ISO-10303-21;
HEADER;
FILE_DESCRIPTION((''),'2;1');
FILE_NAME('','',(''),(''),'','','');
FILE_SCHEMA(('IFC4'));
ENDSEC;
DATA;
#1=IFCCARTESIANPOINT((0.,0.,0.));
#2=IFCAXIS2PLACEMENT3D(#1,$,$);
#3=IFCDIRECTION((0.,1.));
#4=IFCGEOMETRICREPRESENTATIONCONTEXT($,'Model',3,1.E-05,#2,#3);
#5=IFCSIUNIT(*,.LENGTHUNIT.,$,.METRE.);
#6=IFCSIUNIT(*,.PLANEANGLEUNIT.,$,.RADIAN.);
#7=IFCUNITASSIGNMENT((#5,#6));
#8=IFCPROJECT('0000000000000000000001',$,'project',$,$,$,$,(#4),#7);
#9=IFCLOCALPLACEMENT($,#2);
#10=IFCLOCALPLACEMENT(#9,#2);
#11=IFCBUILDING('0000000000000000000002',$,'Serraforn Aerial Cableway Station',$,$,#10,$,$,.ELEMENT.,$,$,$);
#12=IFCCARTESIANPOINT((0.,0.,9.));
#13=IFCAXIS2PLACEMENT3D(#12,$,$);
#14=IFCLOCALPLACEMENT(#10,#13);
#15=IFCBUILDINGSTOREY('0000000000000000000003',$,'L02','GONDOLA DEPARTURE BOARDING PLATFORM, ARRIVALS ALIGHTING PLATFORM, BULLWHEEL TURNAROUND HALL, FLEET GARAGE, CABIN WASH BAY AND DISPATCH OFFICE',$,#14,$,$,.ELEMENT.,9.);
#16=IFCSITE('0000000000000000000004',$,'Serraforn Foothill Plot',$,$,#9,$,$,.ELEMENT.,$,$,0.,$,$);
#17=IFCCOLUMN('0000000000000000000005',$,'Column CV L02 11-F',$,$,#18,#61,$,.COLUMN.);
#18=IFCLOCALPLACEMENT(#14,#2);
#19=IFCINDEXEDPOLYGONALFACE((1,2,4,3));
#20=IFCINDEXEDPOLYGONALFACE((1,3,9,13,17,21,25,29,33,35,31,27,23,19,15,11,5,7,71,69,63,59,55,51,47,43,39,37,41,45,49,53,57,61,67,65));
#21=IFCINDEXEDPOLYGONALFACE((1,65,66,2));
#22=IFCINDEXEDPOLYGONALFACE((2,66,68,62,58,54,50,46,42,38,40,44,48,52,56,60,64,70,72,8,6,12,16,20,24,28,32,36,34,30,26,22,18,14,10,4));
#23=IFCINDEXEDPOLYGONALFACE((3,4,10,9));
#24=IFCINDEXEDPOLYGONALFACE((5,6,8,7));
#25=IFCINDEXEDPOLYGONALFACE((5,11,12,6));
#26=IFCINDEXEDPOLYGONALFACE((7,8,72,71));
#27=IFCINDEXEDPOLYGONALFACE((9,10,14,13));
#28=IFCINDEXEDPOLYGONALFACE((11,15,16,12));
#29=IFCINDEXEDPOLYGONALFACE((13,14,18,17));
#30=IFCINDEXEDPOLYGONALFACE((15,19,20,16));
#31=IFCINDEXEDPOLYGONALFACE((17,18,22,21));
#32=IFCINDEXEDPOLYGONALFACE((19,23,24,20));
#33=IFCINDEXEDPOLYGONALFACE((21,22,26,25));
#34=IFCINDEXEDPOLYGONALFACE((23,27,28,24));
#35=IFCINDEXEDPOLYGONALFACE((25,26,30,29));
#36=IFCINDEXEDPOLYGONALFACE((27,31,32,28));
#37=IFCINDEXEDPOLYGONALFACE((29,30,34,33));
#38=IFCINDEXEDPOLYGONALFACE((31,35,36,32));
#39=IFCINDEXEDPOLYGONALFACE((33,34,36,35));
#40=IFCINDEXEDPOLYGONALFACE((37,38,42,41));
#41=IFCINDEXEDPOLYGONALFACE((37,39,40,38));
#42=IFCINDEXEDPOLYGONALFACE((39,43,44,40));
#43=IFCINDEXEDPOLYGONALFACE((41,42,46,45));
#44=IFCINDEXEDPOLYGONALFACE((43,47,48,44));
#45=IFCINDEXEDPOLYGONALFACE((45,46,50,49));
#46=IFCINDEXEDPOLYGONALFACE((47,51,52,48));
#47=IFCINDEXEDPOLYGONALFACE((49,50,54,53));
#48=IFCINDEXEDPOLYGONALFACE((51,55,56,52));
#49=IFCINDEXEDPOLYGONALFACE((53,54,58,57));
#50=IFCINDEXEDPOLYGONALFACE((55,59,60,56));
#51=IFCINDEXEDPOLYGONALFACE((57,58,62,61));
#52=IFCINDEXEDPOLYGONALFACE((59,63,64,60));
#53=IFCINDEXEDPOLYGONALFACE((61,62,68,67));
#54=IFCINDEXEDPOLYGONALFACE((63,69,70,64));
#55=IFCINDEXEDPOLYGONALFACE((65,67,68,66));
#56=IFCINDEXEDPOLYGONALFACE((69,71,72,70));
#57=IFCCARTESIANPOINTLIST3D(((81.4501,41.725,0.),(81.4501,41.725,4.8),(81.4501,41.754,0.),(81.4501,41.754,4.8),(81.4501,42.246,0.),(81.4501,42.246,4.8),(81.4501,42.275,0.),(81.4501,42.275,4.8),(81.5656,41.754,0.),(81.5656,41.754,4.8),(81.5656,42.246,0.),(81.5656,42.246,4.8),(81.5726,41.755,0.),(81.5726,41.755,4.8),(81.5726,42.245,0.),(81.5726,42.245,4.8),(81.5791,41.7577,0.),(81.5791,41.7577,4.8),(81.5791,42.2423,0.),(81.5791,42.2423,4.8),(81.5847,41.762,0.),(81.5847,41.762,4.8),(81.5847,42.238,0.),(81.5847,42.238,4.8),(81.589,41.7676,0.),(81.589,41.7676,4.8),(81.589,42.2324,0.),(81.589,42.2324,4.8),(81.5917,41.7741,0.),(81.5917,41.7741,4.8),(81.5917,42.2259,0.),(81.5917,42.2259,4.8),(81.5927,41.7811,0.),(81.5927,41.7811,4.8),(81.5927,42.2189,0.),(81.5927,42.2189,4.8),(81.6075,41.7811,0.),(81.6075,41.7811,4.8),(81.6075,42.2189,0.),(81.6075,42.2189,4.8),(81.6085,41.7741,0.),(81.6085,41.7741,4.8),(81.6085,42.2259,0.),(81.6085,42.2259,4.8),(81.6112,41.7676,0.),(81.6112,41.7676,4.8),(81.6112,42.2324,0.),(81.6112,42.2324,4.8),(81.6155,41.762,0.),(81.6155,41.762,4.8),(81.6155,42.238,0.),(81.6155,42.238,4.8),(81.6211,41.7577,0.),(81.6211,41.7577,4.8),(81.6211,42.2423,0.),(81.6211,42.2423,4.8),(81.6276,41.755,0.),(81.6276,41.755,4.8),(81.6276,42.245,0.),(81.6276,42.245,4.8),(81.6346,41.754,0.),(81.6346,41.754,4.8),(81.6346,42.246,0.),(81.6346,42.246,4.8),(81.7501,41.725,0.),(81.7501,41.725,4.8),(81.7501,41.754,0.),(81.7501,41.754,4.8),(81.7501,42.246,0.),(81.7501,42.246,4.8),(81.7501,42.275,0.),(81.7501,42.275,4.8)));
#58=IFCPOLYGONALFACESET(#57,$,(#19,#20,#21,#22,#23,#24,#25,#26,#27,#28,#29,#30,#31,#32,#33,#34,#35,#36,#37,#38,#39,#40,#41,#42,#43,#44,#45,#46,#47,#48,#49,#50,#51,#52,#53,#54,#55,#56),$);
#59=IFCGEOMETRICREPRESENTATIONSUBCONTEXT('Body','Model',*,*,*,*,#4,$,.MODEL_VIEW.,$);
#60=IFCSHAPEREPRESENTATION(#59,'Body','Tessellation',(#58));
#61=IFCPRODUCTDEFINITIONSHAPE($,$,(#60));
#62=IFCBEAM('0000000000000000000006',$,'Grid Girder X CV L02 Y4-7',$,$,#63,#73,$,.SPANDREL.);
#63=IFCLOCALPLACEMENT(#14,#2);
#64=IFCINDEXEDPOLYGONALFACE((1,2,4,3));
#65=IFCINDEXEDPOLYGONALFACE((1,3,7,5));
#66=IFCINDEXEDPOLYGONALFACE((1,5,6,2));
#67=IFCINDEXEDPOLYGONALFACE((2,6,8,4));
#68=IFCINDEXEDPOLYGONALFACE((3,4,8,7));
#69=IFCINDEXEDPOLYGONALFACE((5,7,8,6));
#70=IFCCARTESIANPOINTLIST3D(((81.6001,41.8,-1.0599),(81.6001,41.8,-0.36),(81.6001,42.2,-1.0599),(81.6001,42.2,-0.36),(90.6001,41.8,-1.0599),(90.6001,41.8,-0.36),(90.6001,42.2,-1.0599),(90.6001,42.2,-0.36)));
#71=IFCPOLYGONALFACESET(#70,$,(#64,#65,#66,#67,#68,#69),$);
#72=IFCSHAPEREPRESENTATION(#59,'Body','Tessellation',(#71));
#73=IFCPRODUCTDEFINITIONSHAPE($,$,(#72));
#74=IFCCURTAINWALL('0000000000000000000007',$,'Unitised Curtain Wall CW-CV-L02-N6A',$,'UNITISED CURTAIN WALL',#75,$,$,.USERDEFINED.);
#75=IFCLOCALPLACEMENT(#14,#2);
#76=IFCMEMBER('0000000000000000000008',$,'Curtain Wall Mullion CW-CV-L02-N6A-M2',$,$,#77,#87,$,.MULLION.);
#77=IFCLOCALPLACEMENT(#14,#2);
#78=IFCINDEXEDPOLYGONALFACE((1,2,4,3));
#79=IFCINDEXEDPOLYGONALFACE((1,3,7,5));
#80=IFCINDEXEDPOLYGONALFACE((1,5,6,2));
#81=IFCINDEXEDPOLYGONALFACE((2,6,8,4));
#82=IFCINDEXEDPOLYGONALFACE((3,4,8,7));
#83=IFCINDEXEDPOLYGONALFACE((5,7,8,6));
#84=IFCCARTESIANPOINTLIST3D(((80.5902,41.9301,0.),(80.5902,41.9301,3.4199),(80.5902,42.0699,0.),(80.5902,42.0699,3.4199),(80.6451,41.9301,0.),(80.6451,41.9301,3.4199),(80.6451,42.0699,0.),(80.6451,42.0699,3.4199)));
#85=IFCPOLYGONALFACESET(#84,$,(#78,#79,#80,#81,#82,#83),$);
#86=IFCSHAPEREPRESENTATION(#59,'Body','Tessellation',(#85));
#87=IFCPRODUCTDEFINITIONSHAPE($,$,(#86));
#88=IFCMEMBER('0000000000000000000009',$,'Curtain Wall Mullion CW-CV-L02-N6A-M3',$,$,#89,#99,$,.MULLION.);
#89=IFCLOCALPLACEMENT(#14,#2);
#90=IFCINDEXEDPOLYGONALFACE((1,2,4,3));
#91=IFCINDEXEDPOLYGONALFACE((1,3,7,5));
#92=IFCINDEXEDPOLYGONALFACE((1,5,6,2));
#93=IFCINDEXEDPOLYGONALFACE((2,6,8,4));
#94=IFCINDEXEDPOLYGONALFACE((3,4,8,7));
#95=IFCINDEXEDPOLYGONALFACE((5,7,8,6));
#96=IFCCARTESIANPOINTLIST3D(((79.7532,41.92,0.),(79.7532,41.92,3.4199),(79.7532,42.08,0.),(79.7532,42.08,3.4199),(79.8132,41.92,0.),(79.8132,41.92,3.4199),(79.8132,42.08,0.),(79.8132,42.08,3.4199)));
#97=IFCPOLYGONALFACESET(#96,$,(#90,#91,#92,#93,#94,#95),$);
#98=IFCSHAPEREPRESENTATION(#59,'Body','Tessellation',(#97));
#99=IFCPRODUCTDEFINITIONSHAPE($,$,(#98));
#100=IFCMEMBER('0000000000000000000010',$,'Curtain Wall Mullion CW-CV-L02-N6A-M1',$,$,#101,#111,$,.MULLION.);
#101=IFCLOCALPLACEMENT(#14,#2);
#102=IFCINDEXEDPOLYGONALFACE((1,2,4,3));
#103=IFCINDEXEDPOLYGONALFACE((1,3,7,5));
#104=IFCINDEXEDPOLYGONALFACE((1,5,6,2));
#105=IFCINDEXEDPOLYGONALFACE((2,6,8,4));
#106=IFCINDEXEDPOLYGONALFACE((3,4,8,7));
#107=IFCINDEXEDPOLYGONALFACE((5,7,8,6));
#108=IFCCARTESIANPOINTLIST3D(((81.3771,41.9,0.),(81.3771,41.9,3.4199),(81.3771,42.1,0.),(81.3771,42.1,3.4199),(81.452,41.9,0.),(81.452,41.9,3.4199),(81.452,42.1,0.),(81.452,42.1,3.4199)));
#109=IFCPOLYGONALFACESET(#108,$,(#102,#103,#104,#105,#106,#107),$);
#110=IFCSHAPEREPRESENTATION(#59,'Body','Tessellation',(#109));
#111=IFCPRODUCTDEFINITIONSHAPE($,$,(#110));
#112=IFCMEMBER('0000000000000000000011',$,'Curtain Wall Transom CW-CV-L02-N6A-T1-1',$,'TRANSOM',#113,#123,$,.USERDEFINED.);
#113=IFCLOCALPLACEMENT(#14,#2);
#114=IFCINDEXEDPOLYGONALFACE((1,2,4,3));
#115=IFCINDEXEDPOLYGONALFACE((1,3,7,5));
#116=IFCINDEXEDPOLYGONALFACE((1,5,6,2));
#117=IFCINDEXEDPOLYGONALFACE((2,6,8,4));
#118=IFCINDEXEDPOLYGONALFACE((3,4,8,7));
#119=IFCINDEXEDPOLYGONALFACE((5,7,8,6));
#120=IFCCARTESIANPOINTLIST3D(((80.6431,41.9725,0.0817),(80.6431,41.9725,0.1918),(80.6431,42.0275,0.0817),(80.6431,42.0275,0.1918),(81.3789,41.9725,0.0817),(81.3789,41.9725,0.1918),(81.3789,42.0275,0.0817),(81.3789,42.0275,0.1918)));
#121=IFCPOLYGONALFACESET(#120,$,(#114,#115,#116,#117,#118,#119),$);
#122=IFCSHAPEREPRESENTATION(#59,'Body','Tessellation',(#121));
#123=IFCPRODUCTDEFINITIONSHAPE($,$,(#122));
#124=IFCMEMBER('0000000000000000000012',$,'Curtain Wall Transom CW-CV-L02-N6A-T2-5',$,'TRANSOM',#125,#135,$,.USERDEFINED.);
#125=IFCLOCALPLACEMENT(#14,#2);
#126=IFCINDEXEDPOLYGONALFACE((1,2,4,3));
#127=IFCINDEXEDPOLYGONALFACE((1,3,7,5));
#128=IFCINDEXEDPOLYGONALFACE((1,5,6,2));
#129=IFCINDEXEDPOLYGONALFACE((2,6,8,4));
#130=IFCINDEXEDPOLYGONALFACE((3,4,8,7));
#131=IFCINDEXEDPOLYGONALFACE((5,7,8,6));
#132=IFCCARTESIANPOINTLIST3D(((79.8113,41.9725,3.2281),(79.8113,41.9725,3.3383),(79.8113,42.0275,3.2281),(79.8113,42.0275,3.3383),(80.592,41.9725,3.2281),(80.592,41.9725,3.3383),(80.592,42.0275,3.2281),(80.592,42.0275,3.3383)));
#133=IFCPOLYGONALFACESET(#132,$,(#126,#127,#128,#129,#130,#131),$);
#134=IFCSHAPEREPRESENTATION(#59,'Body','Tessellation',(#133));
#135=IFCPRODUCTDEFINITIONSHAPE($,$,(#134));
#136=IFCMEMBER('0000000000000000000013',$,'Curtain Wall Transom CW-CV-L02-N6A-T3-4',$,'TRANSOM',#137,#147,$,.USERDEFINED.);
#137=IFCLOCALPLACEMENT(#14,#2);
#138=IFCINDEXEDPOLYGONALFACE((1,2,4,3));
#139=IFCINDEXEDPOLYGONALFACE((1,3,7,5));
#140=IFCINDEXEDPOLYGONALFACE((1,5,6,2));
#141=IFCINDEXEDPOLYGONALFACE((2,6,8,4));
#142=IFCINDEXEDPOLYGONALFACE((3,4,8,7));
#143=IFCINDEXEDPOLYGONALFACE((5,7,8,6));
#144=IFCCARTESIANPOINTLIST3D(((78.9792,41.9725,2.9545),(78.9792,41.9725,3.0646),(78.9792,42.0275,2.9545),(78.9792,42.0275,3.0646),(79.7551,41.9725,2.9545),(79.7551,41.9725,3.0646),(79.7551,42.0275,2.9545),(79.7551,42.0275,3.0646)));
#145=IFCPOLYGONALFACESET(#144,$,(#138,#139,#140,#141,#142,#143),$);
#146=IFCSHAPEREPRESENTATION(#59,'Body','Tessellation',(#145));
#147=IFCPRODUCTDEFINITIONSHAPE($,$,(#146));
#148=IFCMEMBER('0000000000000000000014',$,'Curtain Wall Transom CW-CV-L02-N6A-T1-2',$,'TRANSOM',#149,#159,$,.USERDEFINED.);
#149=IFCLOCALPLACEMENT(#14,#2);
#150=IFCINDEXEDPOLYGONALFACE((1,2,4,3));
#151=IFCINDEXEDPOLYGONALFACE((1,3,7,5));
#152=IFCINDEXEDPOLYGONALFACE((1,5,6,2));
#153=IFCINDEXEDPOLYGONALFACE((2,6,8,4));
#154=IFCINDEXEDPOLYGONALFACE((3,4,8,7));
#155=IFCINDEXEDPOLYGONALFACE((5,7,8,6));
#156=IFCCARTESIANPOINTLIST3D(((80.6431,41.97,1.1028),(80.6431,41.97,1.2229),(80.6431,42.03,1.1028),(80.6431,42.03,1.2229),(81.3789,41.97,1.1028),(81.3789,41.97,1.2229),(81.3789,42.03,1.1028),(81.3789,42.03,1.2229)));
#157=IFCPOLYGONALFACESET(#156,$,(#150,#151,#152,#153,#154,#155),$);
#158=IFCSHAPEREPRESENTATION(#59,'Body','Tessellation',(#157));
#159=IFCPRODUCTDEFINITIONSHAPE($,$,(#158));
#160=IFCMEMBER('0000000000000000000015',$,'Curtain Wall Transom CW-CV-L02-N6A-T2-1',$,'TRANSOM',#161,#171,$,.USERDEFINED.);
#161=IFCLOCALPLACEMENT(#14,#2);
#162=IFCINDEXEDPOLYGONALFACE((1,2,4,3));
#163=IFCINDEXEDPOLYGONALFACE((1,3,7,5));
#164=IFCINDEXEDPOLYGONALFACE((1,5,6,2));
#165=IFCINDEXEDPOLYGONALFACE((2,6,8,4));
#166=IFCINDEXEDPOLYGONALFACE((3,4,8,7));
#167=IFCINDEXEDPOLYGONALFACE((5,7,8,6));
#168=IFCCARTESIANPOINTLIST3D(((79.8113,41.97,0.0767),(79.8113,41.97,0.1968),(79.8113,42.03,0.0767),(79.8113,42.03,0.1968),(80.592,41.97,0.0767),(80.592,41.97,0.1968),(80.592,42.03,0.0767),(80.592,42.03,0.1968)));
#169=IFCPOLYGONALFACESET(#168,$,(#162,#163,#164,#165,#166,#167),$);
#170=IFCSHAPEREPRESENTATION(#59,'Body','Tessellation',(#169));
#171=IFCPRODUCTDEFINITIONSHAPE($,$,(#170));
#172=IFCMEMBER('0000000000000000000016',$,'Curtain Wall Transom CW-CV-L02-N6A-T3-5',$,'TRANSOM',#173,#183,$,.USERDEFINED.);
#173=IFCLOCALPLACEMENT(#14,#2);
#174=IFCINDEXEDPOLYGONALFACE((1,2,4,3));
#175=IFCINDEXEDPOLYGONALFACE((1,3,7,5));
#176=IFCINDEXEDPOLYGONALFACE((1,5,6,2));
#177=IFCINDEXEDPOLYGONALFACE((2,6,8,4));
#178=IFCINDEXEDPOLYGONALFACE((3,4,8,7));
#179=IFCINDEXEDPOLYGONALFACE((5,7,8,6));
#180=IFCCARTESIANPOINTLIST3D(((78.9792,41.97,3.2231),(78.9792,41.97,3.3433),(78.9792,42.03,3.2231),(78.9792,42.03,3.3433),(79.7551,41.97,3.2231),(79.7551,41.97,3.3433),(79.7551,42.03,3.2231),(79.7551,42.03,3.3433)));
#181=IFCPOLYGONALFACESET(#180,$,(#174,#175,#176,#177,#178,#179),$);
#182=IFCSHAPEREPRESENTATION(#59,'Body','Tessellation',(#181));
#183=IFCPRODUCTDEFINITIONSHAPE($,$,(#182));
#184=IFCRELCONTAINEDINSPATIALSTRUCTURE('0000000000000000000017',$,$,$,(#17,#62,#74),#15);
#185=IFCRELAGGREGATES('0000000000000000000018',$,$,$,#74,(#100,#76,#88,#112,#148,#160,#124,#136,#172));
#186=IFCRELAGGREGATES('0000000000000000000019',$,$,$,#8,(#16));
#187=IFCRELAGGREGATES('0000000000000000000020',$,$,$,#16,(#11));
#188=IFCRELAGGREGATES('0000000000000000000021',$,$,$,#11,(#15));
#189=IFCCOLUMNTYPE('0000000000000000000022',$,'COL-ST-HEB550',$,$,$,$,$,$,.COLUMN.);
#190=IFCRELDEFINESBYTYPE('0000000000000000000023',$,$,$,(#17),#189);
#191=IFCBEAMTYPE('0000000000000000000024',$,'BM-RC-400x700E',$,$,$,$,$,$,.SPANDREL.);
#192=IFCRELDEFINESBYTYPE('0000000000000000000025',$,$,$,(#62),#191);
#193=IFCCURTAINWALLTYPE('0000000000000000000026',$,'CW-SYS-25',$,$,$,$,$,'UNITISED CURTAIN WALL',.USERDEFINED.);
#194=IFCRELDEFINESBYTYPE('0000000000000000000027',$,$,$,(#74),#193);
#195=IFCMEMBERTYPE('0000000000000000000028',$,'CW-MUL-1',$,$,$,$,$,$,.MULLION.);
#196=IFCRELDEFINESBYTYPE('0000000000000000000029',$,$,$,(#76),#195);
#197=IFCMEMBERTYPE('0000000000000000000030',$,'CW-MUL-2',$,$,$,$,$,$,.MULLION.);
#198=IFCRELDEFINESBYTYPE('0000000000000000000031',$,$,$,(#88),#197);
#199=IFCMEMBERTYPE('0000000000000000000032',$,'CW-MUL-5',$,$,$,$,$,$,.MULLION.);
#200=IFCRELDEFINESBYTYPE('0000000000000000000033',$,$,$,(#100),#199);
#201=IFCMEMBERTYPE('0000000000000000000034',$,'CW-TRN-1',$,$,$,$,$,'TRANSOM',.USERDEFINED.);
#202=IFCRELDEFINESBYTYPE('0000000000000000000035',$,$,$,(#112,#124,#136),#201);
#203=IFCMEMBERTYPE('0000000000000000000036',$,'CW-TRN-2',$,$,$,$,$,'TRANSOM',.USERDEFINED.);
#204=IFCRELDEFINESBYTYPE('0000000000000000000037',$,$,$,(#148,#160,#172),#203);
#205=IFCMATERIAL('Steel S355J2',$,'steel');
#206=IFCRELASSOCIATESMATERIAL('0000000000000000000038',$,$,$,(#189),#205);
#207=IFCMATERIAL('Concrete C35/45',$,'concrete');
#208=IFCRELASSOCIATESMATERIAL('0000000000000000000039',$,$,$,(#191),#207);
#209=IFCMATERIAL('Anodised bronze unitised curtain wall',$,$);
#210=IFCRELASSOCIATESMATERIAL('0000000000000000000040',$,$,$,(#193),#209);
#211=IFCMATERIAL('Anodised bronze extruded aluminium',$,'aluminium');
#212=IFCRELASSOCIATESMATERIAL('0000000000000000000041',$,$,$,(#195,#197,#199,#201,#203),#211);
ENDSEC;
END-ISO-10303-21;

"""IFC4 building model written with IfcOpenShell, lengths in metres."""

from ifc_helpers import new_model, si_unit, direction, frame, origin, origin_2d, place, context, subcontext, project, spatial, rectangle, i_section, extrude, material, material_profile, profile_set, type_object, element, aggregate, save


model = new_model("IFC4")

# Units and contexts
model_context = context("Model", 3, precision=1e-05, world=origin(), true_north=direction((0.0, 1.0)))
body_context = subcontext(model_context, "Body", "Model", "MODEL_VIEW")
ifc_project = project(units=[si_unit("LENGTHUNIT", "METRE"), si_unit("PLANEANGLEUNIT", "RADIAN")], contexts=[model_context])

# Site, building, storey
site_placement = place(None, origin())
site = spatial("IfcSite", under=ifc_project, at=site_placement, Name="Serraforn Foothill Plot", CompositionType="ELEMENT", RefElevation=0.0)
building_placement = place(site_placement, origin())
building = spatial("IfcBuilding", under=site, at=building_placement, Name="Serraforn Aerial Cableway Station", CompositionType="ELEMENT")
storey_placement = place(building_placement, frame((0.0, 0.0, 9.0)))
storey = spatial("IfcBuildingStorey", under=building, at=storey_placement, Name="L02", Description="GONDOLA DEPARTURE BOARDING PLATFORM, ARRIVALS ALIGHTING PLATFORM, BULLWHEEL TURNAROUND HALL, FLEET GARAGE, CABIN WASH BAY AND DISPATCH OFFICE", CompositionType="ELEMENT", Elevation=9.0)

# Column
ifc_material_1 = material(Name="Steel S355J2", Category="steel")
ifc_material_profile_1 = material_profile(ifc_material_1, i_section(OverallWidth=0.3, OverallDepth=0.55, WebThickness=0.0149, FlangeThickness=0.0291, FilletRadius=0.0271, at=origin_2d()), Name="HEB 550")
ifc_profile_set_1 = profile_set([ifc_material_profile_1], Name="Steel S355J2")
column_type = type_object("IfcColumnType", Name="COL-ST-HEB550", PredefinedType="COLUMN", material=ifc_profile_set_1)
column_placement = place(storey_placement, frame((81.6001, 42.0, 0.0), z_axis=(0.0, 0.0, 1.0), x_axis=(1.0, 0.0, 0.0)))
element("IfcColumn", 1, at=column_placement, inside=storey, type_object=column_type, Name="Column CV L02 11-F", PredefinedType="COLUMN", context=body_context, shape_type="SweptSolid", body=[
    extrude(i_section(OverallWidth=0.3, OverallDepth=0.55, WebThickness=0.0149, FlangeThickness=0.0291, FilletRadius=0.0271, at=origin_2d()), origin(), (0.0, 0.0, 1.0), 4.8),
])

# Beam
ifc_material_2 = material(Name="Concrete C35/45", Category="concrete")
ifc_material_profile_2 = material_profile(ifc_material_2, rectangle(XDim=0.3999, YDim=0.7, at=origin_2d()), Name="RC 400x700")
ifc_profile_set_2 = profile_set([ifc_material_profile_2], Name="Concrete C35/45")
beam_type = type_object("IfcBeamType", Name="BM-RC-400x700E", PredefinedType="SPANDREL", material=ifc_profile_set_2)
beam_placement = place(storey_placement, frame((81.6001, 42.0, -0.71), z_axis=(1.0, 0.0, 0.0), x_axis=(0.0, 1.0, 0.0)))
element("IfcBeam", 2, at=beam_placement, inside=storey, type_object=beam_type, Name="Grid Girder X CV L02 Y4-7", PredefinedType="SPANDREL", context=body_context, shape_type="SweptSolid", body=[
    extrude(rectangle(XDim=0.3999, YDim=0.7, at=origin_2d()), origin(), (0.0, 0.0, 1.0), 9.0),
])

# Curtain wall, members
ifc_material_3 = material(Name="Anodised bronze unitised curtain wall")
curtain_wall_type = type_object("IfcCurtainWallType", Name="CW-SYS-25", ElementType="UNITISED CURTAIN WALL", PredefinedType="USERDEFINED", material=ifc_material_3)
curtain_wall_placement = place(storey_placement, origin())
curtain_wall = element("IfcCurtainWall", 3, at=curtain_wall_placement, inside=storey, type_object=curtain_wall_type, Name="Unitised Curtain Wall CW-CV-L02-N6A", ObjectType="UNITISED CURTAIN WALL", PredefinedType="USERDEFINED")
ifc_material_4 = material(Name="Anodised bronze extruded aluminium", Category="aluminium")
ifc_material_profile_3 = material_profile(ifc_material_4, rectangle(XDim=0.0549, YDim=0.1399, at=origin_2d()), Name="CW MULLION 55x140")
ifc_profile_set_3 = profile_set([ifc_material_profile_3], Name="Anodised bronze extruded aluminium")
member_type_1 = type_object("IfcMemberType", Name="CW-MUL-1", PredefinedType="MULLION", material=ifc_profile_set_3)
member_1_placement = place(storey_placement, frame((80.6177, 42.0, 0.0), z_axis=(0.0, 0.0, 1.0), x_axis=(-1.0, 0.0, 0.0)))
member_1 = element("IfcMember", 4, at=member_1_placement, type_object=member_type_1, Name="Curtain Wall Mullion CW-CV-L02-N6A-M2", PredefinedType="MULLION", context=body_context, shape_type="SweptSolid", body=[
    extrude(rectangle(XDim=0.0549, YDim=0.1399, at=origin_2d()), origin(), (0.0, 0.0, 1.0), 3.4199),
])
ifc_material_profile_4 = material_profile(ifc_material_4, rectangle(XDim=0.0601, YDim=0.1599, at=origin_2d()), Name="CW MULLION 60x160")
ifc_profile_set_4 = profile_set([ifc_material_profile_4], Name="Anodised bronze extruded aluminium")
member_type_2 = type_object("IfcMemberType", Name="CW-MUL-2", PredefinedType="MULLION", material=ifc_profile_set_4)
member_2_placement = place(storey_placement, frame((79.7832, 42.0, 0.0), z_axis=(0.0, 0.0, 1.0), x_axis=(-1.0, 0.0, 0.0)))
member_2 = element("IfcMember", 5, at=member_2_placement, type_object=member_type_2, Name="Curtain Wall Mullion CW-CV-L02-N6A-M3", PredefinedType="MULLION", context=body_context, shape_type="SweptSolid", body=[
    extrude(rectangle(XDim=0.0601, YDim=0.1599, at=origin_2d()), origin(), (0.0, 0.0, 1.0), 3.4199),
])
ifc_material_profile_5 = material_profile(ifc_material_4, rectangle(XDim=0.075, YDim=0.2, at=origin_2d()), Name="CW MULLION 75x200")
ifc_profile_set_5 = profile_set([ifc_material_profile_5], Name="Anodised bronze extruded aluminium")
member_type_3 = type_object("IfcMemberType", Name="CW-MUL-5", PredefinedType="MULLION", material=ifc_profile_set_5)
member_3_placement = place(storey_placement, frame((81.4146, 42.0, 0.0), z_axis=(0.0, 0.0, 1.0), x_axis=(-1.0, 0.0, 0.0)))
member_3 = element("IfcMember", 6, at=member_3_placement, type_object=member_type_3, Name="Curtain Wall Mullion CW-CV-L02-N6A-M1", PredefinedType="MULLION", context=body_context, shape_type="SweptSolid", body=[
    extrude(rectangle(XDim=0.075, YDim=0.2, at=origin_2d()), origin(), (0.0, 0.0, 1.0), 3.4199),
])
ifc_material_profile_6 = material_profile(ifc_material_4, rectangle(XDim=0.0549, YDim=0.1101, at=origin_2d()), Name="CW TRANSOM 55x110")
ifc_profile_set_6 = profile_set([ifc_material_profile_6], Name="Anodised bronze extruded aluminium")
member_type_4 = type_object("IfcMemberType", Name="CW-TRN-1", ElementType="TRANSOM", PredefinedType="USERDEFINED", material=ifc_profile_set_6)
member_4_placement = place(storey_placement, frame((81.3789, 42.0, 0.1367), z_axis=(-1.0, 0.0, 0.0), x_axis=(0.0, -1.0, 0.0)))
member_4 = element("IfcMember", 7, at=member_4_placement, type_object=member_type_4, Name="Curtain Wall Transom CW-CV-L02-N6A-T1-1", ObjectType="TRANSOM", PredefinedType="USERDEFINED", context=body_context, shape_type="SweptSolid", body=[
    extrude(rectangle(XDim=0.0549, YDim=0.1101, at=origin_2d()), origin(), (0.0, 0.0, 1.0), 0.7358),
])
member_5_placement = place(storey_placement, frame((80.592, 42.0, 3.2832), z_axis=(-1.0, 0.0, 0.0), x_axis=(0.0, -1.0, 0.0)))
member_5 = element("IfcMember", 8, at=member_5_placement, type_object=member_type_4, Name="Curtain Wall Transom CW-CV-L02-N6A-T2-5", ObjectType="TRANSOM", PredefinedType="USERDEFINED", context=body_context, shape_type="SweptSolid", body=[
    extrude(rectangle(XDim=0.0549, YDim=0.1101, at=origin_2d()), origin(), (0.0, 0.0, 1.0), 0.7808),
])
member_6_placement = place(storey_placement, frame((79.7551, 42.0, 3.0095), z_axis=(-1.0, 0.0, 0.0), x_axis=(0.0, -1.0, 0.0)))
member_6 = element("IfcMember", 9, at=member_6_placement, type_object=member_type_4, Name="Curtain Wall Transom CW-CV-L02-N6A-T3-4", ObjectType="TRANSOM", PredefinedType="USERDEFINED", context=body_context, shape_type="SweptSolid", body=[
    extrude(rectangle(XDim=0.0549, YDim=0.1101, at=origin_2d()), origin(), (0.0, 0.0, 1.0), 0.7759),
])
ifc_material_profile_7 = material_profile(ifc_material_4, rectangle(XDim=0.0601, YDim=0.1201, at=origin_2d()), Name="CW TRANSOM 60x120")
ifc_profile_set_7 = profile_set([ifc_material_profile_7], Name="Anodised bronze extruded aluminium")
member_type_5 = type_object("IfcMemberType", Name="CW-TRN-2", ElementType="TRANSOM", PredefinedType="USERDEFINED", material=ifc_profile_set_7)
member_7_placement = place(storey_placement, frame((81.3789, 42.0, 1.1628), z_axis=(-1.0, 0.0, 0.0), x_axis=(0.0, -1.0, 0.0)))
member_7 = element("IfcMember", 10, at=member_7_placement, type_object=member_type_5, Name="Curtain Wall Transom CW-CV-L02-N6A-T1-2", ObjectType="TRANSOM", PredefinedType="USERDEFINED", context=body_context, shape_type="SweptSolid", body=[
    extrude(rectangle(XDim=0.0601, YDim=0.1201, at=origin_2d()), origin(), (0.0, 0.0, 1.0), 0.7358),
])
member_8_placement = place(storey_placement, frame((80.592, 42.0, 0.1367), z_axis=(-1.0, 0.0, 0.0), x_axis=(0.0, -1.0, 0.0)))
member_8 = element("IfcMember", 11, at=member_8_placement, type_object=member_type_5, Name="Curtain Wall Transom CW-CV-L02-N6A-T2-1", ObjectType="TRANSOM", PredefinedType="USERDEFINED", context=body_context, shape_type="SweptSolid", body=[
    extrude(rectangle(XDim=0.0601, YDim=0.1201, at=origin_2d()), origin(), (0.0, 0.0, 1.0), 0.7808),
])
member_9_placement = place(storey_placement, frame((79.7551, 42.0, 3.2832), z_axis=(-1.0, 0.0, 0.0), x_axis=(0.0, -1.0, 0.0)))
member_9 = element("IfcMember", 12, at=member_9_placement, type_object=member_type_5, Name="Curtain Wall Transom CW-CV-L02-N6A-T3-5", ObjectType="TRANSOM", PredefinedType="USERDEFINED", context=body_context, shape_type="SweptSolid", body=[
    extrude(rectangle(XDim=0.0601, YDim=0.1201, at=origin_2d()), origin(), (0.0, 0.0, 1.0), 0.7759),
])

aggregate(curtain_wall, [member_3, member_1, member_2, member_4, member_7, member_8, member_5, member_6, member_9])

save(model, "model.ifc")
